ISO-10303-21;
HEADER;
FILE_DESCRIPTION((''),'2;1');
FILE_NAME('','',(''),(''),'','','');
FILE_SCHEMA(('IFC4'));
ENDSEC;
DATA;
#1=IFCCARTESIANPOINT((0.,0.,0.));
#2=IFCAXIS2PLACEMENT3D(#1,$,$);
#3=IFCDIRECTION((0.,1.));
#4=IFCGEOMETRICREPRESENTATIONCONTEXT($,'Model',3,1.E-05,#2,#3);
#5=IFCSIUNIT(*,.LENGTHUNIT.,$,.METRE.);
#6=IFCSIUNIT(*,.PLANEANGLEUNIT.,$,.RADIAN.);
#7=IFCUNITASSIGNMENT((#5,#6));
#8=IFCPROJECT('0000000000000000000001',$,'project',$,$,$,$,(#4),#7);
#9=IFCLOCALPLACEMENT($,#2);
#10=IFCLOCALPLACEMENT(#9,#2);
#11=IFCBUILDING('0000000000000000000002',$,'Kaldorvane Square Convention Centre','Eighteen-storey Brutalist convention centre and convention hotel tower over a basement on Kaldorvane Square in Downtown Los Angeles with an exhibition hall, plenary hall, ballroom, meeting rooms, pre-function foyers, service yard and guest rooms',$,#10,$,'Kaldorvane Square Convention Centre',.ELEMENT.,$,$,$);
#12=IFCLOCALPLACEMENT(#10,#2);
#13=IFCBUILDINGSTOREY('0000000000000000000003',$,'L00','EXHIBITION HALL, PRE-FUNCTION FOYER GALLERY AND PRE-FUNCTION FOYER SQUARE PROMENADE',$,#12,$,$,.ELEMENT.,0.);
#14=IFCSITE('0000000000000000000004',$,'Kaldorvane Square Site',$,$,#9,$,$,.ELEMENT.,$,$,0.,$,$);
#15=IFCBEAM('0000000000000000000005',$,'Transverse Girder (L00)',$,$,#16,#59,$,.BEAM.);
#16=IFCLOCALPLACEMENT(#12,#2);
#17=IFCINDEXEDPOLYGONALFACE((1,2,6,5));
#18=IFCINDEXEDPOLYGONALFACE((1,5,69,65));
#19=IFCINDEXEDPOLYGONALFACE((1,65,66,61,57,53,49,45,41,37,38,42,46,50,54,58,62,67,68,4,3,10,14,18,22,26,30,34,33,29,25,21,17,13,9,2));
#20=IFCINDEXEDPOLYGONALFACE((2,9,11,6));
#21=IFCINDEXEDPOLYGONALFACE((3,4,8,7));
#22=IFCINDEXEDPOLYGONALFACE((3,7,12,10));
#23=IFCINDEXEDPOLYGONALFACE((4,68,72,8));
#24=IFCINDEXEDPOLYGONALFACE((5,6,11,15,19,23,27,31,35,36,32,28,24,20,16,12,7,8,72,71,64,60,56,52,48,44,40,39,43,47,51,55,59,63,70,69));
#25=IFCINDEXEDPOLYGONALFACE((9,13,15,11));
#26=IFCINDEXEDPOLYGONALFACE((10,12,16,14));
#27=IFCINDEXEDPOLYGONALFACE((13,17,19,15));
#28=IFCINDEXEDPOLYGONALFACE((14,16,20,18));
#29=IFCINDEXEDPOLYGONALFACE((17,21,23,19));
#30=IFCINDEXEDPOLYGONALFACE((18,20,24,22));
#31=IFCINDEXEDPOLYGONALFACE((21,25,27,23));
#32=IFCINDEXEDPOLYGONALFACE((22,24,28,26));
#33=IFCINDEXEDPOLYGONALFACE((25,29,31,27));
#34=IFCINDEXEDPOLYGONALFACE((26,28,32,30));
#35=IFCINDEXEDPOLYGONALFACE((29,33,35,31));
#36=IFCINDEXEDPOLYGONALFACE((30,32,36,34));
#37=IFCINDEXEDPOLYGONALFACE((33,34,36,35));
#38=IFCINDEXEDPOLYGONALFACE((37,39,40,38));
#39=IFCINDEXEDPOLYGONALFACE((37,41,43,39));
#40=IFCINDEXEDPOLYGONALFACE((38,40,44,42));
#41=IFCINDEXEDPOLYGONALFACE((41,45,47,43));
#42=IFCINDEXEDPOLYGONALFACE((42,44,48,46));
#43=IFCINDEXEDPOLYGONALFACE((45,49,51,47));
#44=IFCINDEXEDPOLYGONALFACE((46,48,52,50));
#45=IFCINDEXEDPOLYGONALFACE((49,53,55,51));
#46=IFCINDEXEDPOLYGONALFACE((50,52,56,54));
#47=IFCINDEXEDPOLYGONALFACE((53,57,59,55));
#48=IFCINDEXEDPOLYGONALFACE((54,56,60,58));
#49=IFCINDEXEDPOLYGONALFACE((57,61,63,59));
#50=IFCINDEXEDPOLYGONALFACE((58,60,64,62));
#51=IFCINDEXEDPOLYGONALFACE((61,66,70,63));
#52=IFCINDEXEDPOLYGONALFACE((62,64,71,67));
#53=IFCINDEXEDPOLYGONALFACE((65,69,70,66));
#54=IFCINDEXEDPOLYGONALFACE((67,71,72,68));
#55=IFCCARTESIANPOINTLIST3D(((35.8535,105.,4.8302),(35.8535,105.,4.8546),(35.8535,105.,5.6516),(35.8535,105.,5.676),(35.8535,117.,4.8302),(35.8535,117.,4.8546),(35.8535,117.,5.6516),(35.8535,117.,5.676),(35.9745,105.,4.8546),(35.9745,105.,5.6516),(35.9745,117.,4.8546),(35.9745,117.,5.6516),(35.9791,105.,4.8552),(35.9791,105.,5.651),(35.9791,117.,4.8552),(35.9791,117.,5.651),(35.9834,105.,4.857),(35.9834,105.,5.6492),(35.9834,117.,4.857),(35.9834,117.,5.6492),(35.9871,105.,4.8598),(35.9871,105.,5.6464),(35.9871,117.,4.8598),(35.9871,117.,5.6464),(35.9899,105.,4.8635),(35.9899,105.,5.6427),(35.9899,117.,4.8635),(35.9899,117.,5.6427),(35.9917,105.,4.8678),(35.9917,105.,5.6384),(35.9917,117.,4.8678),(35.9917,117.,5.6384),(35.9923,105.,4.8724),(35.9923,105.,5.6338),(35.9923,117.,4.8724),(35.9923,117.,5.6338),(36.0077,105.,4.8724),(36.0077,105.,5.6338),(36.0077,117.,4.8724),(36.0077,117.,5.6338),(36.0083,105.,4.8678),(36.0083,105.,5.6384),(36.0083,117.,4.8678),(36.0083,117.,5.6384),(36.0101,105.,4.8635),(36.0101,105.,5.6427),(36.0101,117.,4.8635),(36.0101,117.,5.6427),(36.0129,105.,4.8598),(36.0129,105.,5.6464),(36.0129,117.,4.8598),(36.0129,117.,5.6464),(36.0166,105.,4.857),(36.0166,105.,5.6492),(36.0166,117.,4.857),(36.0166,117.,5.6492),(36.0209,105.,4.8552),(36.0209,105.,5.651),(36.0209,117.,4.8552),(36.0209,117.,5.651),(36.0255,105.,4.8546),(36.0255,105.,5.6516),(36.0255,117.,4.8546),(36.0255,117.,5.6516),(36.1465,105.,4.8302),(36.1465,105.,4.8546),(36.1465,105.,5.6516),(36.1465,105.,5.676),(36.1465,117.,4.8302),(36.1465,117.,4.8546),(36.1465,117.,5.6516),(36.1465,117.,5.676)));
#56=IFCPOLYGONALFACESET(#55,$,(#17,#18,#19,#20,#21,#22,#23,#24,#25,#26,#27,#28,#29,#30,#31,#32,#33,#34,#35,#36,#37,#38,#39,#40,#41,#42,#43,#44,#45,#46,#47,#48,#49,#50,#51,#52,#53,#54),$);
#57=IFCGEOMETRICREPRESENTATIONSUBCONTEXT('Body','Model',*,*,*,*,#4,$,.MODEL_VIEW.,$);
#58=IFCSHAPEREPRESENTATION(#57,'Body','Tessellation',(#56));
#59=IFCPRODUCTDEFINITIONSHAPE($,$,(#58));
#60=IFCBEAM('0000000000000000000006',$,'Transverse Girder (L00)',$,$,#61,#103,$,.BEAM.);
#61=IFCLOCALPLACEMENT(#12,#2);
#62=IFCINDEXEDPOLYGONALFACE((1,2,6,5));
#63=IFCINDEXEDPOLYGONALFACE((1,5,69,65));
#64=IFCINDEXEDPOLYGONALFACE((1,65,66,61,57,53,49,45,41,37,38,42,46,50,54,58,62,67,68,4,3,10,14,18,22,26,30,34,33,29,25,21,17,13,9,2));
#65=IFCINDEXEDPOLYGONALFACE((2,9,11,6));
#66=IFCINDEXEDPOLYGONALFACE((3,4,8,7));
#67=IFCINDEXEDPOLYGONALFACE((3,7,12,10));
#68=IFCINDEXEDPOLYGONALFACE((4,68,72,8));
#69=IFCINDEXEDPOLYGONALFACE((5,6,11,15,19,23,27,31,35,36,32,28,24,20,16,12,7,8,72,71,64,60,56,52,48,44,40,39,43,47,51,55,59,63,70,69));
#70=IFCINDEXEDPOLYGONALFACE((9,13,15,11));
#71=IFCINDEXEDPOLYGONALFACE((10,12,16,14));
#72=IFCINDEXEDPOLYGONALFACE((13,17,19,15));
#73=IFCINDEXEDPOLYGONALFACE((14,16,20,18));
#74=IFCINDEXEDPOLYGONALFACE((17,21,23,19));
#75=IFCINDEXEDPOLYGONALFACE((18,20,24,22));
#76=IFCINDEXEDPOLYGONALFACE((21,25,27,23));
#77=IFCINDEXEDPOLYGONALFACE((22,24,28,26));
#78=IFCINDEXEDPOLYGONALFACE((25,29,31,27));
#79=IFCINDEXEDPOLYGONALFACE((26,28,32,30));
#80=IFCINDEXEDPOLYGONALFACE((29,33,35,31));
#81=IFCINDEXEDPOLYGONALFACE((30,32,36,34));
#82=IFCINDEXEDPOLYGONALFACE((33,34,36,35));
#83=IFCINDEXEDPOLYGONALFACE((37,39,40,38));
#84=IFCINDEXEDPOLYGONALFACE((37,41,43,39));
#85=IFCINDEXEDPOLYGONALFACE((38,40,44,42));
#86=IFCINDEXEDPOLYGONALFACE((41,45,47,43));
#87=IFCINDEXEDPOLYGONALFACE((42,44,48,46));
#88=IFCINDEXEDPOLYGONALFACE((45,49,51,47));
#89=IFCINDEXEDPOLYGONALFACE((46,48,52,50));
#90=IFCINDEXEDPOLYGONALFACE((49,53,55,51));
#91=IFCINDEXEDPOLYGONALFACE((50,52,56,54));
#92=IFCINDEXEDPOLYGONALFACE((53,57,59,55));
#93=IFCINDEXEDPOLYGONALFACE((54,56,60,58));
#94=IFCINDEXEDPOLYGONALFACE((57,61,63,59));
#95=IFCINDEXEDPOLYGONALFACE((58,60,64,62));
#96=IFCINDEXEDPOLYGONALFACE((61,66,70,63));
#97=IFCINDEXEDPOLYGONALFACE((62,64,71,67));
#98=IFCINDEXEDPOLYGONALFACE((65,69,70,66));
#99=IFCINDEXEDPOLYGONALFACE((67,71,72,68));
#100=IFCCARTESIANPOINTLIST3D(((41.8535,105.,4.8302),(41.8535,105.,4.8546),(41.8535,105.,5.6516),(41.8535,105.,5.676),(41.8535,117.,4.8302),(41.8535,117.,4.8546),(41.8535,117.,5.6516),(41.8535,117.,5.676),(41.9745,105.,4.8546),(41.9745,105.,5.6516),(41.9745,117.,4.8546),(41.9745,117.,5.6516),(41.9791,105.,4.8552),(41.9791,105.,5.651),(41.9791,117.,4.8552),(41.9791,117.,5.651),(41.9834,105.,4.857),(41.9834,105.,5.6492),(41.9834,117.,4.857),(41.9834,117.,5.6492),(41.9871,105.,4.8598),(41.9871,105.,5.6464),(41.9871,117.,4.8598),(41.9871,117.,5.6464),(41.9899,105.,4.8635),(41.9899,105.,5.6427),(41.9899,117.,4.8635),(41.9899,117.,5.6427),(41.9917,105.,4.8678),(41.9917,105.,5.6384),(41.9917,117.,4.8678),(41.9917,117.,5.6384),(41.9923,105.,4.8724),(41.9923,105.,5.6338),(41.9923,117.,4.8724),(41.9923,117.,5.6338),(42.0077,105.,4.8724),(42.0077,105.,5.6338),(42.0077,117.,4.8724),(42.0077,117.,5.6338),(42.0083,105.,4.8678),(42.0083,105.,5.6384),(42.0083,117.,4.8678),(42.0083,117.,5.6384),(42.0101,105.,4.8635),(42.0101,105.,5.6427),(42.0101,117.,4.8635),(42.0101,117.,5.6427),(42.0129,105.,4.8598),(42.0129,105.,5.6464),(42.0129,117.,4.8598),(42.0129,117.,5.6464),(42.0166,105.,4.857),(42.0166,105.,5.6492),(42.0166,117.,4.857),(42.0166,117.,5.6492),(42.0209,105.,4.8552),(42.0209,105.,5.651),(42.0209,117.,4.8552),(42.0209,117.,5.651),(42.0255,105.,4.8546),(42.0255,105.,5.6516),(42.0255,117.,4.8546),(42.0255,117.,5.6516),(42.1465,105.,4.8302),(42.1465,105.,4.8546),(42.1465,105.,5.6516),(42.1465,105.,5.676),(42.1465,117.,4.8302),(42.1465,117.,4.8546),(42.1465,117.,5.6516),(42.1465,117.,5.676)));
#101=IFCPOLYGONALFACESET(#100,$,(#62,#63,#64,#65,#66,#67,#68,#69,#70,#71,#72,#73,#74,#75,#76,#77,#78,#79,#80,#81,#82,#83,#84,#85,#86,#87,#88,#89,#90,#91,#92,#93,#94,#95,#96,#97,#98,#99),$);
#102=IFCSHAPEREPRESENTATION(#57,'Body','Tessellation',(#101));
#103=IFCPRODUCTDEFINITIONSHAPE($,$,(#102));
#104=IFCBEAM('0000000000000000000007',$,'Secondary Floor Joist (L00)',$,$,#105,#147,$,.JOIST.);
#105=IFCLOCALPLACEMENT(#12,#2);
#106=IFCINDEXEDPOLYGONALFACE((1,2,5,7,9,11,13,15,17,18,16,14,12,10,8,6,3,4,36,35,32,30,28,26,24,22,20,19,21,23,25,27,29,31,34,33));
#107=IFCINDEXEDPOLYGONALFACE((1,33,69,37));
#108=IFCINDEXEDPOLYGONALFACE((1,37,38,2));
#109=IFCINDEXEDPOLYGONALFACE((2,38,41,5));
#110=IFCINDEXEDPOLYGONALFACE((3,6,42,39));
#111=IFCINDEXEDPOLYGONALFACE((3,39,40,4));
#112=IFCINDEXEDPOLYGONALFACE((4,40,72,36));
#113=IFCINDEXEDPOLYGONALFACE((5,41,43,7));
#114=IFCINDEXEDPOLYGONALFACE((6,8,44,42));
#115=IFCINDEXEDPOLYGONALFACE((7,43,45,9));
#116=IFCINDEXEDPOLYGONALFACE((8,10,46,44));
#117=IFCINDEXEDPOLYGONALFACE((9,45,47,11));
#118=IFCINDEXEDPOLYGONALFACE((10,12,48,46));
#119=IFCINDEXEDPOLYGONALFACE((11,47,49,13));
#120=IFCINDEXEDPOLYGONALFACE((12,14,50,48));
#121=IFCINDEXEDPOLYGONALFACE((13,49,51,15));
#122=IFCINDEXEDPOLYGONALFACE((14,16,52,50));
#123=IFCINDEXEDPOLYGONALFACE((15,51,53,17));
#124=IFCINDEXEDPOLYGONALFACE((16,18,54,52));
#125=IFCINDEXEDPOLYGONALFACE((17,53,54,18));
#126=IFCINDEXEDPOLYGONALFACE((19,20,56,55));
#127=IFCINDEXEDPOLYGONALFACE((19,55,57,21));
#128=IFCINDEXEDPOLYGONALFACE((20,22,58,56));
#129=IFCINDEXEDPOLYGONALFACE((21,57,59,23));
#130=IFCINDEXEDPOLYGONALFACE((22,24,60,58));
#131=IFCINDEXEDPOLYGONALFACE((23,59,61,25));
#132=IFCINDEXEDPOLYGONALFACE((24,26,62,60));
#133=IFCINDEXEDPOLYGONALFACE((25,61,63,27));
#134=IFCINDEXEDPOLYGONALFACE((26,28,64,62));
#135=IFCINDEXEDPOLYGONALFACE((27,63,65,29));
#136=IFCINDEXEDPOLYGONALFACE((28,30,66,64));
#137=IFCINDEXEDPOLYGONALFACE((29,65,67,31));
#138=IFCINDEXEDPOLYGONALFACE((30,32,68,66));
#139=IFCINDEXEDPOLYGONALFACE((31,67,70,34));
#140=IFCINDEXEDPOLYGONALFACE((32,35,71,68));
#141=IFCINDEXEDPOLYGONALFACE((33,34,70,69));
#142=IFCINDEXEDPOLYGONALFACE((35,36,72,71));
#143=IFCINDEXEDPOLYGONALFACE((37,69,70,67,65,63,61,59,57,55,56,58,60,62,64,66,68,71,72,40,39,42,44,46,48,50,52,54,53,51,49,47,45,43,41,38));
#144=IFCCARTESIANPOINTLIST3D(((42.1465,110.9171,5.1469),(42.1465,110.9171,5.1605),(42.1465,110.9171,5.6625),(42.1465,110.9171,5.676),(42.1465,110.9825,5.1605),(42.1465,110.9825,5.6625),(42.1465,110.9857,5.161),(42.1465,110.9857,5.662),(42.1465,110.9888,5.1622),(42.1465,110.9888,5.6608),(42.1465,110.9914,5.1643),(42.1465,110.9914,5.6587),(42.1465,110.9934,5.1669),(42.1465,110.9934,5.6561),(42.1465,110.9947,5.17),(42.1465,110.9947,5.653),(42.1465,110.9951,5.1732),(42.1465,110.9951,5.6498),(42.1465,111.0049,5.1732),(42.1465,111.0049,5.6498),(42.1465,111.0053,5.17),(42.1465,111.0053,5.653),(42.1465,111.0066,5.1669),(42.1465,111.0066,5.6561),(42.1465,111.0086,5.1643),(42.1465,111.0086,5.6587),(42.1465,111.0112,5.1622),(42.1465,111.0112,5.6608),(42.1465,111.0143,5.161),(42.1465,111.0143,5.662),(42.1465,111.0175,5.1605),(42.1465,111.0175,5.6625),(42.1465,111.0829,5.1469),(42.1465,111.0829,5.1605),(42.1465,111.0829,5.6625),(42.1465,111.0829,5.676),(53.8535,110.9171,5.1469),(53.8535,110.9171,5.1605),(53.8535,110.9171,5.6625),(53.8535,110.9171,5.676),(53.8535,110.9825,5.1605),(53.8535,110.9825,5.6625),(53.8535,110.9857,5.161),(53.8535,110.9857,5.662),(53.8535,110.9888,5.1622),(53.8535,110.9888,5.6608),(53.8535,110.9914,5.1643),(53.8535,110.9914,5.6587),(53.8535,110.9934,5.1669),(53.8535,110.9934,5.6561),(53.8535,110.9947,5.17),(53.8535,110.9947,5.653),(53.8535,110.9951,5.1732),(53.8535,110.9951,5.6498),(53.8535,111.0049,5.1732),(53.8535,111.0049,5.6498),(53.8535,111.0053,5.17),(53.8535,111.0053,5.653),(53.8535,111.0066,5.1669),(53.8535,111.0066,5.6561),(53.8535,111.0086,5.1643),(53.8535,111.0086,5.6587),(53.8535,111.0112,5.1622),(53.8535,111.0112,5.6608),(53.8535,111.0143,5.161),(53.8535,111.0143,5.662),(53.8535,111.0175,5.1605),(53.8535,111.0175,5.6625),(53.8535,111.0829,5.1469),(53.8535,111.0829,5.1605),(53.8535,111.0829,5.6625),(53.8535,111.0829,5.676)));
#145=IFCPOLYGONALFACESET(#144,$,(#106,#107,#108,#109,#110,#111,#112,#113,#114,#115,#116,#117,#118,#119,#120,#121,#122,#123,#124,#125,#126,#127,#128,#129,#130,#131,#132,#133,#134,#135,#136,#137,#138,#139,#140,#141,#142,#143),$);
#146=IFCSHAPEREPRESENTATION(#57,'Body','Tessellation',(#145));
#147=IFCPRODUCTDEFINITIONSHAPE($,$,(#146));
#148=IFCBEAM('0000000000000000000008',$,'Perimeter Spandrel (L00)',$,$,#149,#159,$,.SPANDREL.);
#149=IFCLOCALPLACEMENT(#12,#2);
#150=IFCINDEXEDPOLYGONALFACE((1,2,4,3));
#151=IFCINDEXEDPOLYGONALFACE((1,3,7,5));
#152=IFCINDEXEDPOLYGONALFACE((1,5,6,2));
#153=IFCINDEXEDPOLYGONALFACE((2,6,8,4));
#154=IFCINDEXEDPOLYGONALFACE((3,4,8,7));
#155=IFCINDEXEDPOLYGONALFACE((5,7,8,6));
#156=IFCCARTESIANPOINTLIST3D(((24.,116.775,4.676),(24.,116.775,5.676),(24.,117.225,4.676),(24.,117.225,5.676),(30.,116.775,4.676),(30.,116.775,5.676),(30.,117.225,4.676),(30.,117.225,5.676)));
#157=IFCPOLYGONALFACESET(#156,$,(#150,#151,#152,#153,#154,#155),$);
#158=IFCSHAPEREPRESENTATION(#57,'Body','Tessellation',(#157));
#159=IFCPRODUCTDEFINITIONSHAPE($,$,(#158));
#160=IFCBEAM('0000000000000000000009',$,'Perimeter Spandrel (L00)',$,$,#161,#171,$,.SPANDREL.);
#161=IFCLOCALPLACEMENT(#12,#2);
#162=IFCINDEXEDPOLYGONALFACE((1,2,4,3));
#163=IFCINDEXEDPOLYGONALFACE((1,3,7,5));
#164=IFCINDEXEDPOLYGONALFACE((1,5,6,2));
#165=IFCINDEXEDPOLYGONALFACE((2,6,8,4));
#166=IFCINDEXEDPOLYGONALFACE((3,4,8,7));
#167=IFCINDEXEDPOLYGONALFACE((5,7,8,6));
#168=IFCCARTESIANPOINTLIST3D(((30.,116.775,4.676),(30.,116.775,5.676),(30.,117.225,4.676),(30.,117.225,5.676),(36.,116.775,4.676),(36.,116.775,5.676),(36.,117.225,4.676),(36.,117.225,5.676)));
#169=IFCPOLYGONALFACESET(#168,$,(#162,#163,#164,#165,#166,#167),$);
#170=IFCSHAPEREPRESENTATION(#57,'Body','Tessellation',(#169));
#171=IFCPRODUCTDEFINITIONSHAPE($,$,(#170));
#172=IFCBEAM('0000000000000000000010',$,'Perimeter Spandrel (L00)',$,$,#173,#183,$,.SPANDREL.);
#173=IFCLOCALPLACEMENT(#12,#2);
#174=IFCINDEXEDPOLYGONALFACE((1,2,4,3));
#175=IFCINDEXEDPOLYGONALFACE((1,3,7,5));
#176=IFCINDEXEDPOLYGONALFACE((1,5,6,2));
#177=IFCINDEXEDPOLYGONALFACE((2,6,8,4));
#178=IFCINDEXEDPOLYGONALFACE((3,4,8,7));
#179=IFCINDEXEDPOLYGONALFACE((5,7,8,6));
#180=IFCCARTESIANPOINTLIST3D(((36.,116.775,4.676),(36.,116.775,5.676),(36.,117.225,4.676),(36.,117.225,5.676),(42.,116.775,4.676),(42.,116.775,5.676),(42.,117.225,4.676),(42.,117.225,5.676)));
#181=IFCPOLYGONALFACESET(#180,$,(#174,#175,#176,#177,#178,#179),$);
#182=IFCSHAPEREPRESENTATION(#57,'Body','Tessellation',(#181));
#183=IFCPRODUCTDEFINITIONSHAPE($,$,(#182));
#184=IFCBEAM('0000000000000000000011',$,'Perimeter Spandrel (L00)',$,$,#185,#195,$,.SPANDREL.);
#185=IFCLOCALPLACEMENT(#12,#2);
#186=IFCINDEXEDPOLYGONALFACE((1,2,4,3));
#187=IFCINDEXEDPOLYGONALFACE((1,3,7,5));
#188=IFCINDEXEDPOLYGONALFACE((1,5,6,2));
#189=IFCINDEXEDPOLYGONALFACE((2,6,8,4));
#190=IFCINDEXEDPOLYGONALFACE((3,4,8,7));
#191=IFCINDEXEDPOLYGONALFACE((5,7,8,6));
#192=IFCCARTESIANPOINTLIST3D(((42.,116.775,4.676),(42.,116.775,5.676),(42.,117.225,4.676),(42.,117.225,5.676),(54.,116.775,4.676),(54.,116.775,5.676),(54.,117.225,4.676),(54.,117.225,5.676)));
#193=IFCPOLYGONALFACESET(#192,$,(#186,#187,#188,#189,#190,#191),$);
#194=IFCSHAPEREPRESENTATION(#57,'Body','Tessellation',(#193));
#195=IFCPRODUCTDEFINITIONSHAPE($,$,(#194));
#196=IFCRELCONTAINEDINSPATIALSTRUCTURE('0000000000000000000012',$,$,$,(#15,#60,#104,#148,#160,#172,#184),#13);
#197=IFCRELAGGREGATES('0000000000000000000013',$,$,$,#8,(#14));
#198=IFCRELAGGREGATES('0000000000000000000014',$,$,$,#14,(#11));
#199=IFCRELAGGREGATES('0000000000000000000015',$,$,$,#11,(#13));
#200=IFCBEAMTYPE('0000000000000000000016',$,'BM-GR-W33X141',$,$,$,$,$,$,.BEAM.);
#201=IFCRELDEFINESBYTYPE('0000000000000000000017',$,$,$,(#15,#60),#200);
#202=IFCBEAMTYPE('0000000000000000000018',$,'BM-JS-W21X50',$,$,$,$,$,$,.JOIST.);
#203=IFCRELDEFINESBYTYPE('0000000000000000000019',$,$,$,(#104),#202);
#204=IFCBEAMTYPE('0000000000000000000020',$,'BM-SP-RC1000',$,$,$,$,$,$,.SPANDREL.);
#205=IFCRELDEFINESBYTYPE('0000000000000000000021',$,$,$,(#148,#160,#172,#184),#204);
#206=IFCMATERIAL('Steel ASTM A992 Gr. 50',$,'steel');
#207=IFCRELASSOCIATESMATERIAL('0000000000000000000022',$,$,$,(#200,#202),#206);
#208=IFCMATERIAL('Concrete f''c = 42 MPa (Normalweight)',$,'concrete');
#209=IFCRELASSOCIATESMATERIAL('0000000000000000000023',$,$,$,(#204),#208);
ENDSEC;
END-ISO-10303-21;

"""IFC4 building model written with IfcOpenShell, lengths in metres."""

from ifc_helpers import new_model, si_unit, direction, frame, origin, origin_2d, place, context, subcontext, project, spatial, rectangle, i_section, extrude, material, material_profile, profile_set, type_object, element, save


model = new_model("IFC4")

# Units and contexts
model_context = context("Model", 3, precision=1e-05, world=origin(), true_north=direction((0.0, 1.0)))
body_context = subcontext(model_context, "Body", "Model", "MODEL_VIEW")
ifc_project = project(units=[si_unit("LENGTHUNIT", "METRE"), si_unit("PLANEANGLEUNIT", "RADIAN")], contexts=[model_context])

# Site, building, storey
site_placement = place(None, origin())
site = spatial("IfcSite", under=ifc_project, at=site_placement, Name="Kaldorvane Square Site", CompositionType="ELEMENT", RefElevation=0.0)
building_placement = place(site_placement, origin())
building = spatial("IfcBuilding", under=site, at=building_placement, Name="Kaldorvane Square Convention Centre", Description="Eighteen-storey Brutalist convention centre and convention hotel tower over a basement on Kaldorvane Square in Downtown Los Angeles with an exhibition hall, plenary hall, ballroom, meeting rooms, pre-function foyers, service yard and guest rooms", LongName="Kaldorvane Square Convention Centre", CompositionType="ELEMENT")
storey_placement = place(building_placement, origin())
storey = spatial("IfcBuildingStorey", under=building, at=storey_placement, Name="L00", Description="EXHIBITION HALL, PRE-FUNCTION FOYER GALLERY AND PRE-FUNCTION FOYER SQUARE PROMENADE", CompositionType="ELEMENT", Elevation=0.0)

# Shared definitions
ifc_material_1 = material(Name="Steel ASTM A992 Gr. 50", Category="steel")

# Beams
ifc_material_profile_1 = material_profile(ifc_material_1, i_section(OverallWidth=0.293, OverallDepth=0.8458, WebThickness=0.0154, FlangeThickness=0.0244, FilletRadius=0.0178, at=origin_2d()), Name="W33X141")
ifc_profile_set_1 = profile_set([ifc_material_profile_1], Name="Steel ASTM A992 Gr. 50")
beam_type_1 = type_object("IfcBeamType", Name="BM-GR-W33X141", PredefinedType="BEAM", material=ifc_profile_set_1)
for number, where, z_axis, x_axis, name in (
    (1, (36.0, 105.0, 5.2531), (0.0, 1.0, 0.0), (-1.0, 0.0, 0.0), "Transverse Girder (L00)"),
    (2, (42.0, 105.0, 5.2531), (0.0, 1.0, 0.0), (-1.0, 0.0, 0.0), "Transverse Girder (L00)"),
):
    element("IfcBeam", number, at=place(storey_placement, frame(where, z_axis=z_axis, x_axis=x_axis)), inside=storey, type_object=beam_type_1, Name=name, PredefinedType="BEAM", context=body_context, shape_type="SweptSolid", body=[
        extrude(i_section(OverallWidth=0.293, OverallDepth=0.8458, WebThickness=0.0154, FlangeThickness=0.0244, FilletRadius=0.0178, at=origin_2d()), origin(), (0.0, 0.0, 1.0), 12.0),
    ])
ifc_material_profile_2 = material_profile(ifc_material_1, i_section(OverallWidth=0.1659, OverallDepth=0.5291, WebThickness=0.0097, FlangeThickness=0.0136, FilletRadius=0.0127, at=origin_2d()), Name="W21X50")
ifc_profile_set_2 = profile_set([ifc_material_profile_2], Name="Steel ASTM A992 Gr. 50")
beam_type_2 = type_object("IfcBeamType", Name="BM-JS-W21X50", PredefinedType="JOIST", material=ifc_profile_set_2)
beam_1_placement = place(storey_placement, frame((42.1465, 111.0, 5.4115), z_axis=(1.0, 0.0, 0.0), x_axis=(0.0, 1.0, 0.0)))
element("IfcBeam", 3, at=beam_1_placement, inside=storey, type_object=beam_type_2, Name="Secondary Floor Joist (L00)", PredefinedType="JOIST", context=body_context, shape_type="SweptSolid", body=[
    extrude(i_section(OverallWidth=0.1659, OverallDepth=0.5291, WebThickness=0.0097, FlangeThickness=0.0136, FilletRadius=0.0127, at=origin_2d()), origin(), (0.0, 0.0, 1.0), 11.707),
])
ifc_material_2 = material(Name="Concrete f'c = 42 MPa (Normalweight)", Category="concrete")
ifc_material_profile_3 = material_profile(ifc_material_2, rectangle(XDim=0.45, YDim=1.0, at=origin_2d()), Name="RCSP1000X450")
ifc_profile_set_3 = profile_set([ifc_material_profile_3], Name="Concrete f'c = 42 MPa (Normalweight)")
beam_type_3 = type_object("IfcBeamType", Name="BM-SP-RC1000", PredefinedType="SPANDREL", material=ifc_profile_set_3)
for number, where, z_axis, x_axis, name in (
    (4, (24.0, 117.0, 5.176), (1.0, 0.0, 0.0), (0.0, 1.0, 0.0), "Perimeter Spandrel (L00)"),
    (5, (30.0, 117.0, 5.176), (1.0, 0.0, 0.0), (0.0, 1.0, 0.0), "Perimeter Spandrel (L00)"),
    (6, (36.0, 117.0, 5.176), (1.0, 0.0, 0.0), (0.0, 1.0, 0.0), "Perimeter Spandrel (L00)"),
):
    element("IfcBeam", number, at=place(storey_placement, frame(where, z_axis=z_axis, x_axis=x_axis)), inside=storey, type_object=beam_type_3, Name=name, PredefinedType="SPANDREL", context=body_context, shape_type="SweptSolid", body=[
        extrude(rectangle(XDim=0.45, YDim=1.0, at=origin_2d()), origin(), (0.0, 0.0, 1.0), 6.0),
    ])
beam_2_placement = place(storey_placement, frame((42.0, 117.0, 5.176), z_axis=(1.0, 0.0, 0.0), x_axis=(0.0, 1.0, 0.0)))
element("IfcBeam", 7, at=beam_2_placement, inside=storey, type_object=beam_type_3, Name="Perimeter Spandrel (L00)", PredefinedType="SPANDREL", context=body_context, shape_type="SweptSolid", body=[
    extrude(rectangle(XDim=0.45, YDim=1.0, at=origin_2d()), origin(), (0.0, 0.0, 1.0), 12.0),
])

save(model, "model.ifc")
